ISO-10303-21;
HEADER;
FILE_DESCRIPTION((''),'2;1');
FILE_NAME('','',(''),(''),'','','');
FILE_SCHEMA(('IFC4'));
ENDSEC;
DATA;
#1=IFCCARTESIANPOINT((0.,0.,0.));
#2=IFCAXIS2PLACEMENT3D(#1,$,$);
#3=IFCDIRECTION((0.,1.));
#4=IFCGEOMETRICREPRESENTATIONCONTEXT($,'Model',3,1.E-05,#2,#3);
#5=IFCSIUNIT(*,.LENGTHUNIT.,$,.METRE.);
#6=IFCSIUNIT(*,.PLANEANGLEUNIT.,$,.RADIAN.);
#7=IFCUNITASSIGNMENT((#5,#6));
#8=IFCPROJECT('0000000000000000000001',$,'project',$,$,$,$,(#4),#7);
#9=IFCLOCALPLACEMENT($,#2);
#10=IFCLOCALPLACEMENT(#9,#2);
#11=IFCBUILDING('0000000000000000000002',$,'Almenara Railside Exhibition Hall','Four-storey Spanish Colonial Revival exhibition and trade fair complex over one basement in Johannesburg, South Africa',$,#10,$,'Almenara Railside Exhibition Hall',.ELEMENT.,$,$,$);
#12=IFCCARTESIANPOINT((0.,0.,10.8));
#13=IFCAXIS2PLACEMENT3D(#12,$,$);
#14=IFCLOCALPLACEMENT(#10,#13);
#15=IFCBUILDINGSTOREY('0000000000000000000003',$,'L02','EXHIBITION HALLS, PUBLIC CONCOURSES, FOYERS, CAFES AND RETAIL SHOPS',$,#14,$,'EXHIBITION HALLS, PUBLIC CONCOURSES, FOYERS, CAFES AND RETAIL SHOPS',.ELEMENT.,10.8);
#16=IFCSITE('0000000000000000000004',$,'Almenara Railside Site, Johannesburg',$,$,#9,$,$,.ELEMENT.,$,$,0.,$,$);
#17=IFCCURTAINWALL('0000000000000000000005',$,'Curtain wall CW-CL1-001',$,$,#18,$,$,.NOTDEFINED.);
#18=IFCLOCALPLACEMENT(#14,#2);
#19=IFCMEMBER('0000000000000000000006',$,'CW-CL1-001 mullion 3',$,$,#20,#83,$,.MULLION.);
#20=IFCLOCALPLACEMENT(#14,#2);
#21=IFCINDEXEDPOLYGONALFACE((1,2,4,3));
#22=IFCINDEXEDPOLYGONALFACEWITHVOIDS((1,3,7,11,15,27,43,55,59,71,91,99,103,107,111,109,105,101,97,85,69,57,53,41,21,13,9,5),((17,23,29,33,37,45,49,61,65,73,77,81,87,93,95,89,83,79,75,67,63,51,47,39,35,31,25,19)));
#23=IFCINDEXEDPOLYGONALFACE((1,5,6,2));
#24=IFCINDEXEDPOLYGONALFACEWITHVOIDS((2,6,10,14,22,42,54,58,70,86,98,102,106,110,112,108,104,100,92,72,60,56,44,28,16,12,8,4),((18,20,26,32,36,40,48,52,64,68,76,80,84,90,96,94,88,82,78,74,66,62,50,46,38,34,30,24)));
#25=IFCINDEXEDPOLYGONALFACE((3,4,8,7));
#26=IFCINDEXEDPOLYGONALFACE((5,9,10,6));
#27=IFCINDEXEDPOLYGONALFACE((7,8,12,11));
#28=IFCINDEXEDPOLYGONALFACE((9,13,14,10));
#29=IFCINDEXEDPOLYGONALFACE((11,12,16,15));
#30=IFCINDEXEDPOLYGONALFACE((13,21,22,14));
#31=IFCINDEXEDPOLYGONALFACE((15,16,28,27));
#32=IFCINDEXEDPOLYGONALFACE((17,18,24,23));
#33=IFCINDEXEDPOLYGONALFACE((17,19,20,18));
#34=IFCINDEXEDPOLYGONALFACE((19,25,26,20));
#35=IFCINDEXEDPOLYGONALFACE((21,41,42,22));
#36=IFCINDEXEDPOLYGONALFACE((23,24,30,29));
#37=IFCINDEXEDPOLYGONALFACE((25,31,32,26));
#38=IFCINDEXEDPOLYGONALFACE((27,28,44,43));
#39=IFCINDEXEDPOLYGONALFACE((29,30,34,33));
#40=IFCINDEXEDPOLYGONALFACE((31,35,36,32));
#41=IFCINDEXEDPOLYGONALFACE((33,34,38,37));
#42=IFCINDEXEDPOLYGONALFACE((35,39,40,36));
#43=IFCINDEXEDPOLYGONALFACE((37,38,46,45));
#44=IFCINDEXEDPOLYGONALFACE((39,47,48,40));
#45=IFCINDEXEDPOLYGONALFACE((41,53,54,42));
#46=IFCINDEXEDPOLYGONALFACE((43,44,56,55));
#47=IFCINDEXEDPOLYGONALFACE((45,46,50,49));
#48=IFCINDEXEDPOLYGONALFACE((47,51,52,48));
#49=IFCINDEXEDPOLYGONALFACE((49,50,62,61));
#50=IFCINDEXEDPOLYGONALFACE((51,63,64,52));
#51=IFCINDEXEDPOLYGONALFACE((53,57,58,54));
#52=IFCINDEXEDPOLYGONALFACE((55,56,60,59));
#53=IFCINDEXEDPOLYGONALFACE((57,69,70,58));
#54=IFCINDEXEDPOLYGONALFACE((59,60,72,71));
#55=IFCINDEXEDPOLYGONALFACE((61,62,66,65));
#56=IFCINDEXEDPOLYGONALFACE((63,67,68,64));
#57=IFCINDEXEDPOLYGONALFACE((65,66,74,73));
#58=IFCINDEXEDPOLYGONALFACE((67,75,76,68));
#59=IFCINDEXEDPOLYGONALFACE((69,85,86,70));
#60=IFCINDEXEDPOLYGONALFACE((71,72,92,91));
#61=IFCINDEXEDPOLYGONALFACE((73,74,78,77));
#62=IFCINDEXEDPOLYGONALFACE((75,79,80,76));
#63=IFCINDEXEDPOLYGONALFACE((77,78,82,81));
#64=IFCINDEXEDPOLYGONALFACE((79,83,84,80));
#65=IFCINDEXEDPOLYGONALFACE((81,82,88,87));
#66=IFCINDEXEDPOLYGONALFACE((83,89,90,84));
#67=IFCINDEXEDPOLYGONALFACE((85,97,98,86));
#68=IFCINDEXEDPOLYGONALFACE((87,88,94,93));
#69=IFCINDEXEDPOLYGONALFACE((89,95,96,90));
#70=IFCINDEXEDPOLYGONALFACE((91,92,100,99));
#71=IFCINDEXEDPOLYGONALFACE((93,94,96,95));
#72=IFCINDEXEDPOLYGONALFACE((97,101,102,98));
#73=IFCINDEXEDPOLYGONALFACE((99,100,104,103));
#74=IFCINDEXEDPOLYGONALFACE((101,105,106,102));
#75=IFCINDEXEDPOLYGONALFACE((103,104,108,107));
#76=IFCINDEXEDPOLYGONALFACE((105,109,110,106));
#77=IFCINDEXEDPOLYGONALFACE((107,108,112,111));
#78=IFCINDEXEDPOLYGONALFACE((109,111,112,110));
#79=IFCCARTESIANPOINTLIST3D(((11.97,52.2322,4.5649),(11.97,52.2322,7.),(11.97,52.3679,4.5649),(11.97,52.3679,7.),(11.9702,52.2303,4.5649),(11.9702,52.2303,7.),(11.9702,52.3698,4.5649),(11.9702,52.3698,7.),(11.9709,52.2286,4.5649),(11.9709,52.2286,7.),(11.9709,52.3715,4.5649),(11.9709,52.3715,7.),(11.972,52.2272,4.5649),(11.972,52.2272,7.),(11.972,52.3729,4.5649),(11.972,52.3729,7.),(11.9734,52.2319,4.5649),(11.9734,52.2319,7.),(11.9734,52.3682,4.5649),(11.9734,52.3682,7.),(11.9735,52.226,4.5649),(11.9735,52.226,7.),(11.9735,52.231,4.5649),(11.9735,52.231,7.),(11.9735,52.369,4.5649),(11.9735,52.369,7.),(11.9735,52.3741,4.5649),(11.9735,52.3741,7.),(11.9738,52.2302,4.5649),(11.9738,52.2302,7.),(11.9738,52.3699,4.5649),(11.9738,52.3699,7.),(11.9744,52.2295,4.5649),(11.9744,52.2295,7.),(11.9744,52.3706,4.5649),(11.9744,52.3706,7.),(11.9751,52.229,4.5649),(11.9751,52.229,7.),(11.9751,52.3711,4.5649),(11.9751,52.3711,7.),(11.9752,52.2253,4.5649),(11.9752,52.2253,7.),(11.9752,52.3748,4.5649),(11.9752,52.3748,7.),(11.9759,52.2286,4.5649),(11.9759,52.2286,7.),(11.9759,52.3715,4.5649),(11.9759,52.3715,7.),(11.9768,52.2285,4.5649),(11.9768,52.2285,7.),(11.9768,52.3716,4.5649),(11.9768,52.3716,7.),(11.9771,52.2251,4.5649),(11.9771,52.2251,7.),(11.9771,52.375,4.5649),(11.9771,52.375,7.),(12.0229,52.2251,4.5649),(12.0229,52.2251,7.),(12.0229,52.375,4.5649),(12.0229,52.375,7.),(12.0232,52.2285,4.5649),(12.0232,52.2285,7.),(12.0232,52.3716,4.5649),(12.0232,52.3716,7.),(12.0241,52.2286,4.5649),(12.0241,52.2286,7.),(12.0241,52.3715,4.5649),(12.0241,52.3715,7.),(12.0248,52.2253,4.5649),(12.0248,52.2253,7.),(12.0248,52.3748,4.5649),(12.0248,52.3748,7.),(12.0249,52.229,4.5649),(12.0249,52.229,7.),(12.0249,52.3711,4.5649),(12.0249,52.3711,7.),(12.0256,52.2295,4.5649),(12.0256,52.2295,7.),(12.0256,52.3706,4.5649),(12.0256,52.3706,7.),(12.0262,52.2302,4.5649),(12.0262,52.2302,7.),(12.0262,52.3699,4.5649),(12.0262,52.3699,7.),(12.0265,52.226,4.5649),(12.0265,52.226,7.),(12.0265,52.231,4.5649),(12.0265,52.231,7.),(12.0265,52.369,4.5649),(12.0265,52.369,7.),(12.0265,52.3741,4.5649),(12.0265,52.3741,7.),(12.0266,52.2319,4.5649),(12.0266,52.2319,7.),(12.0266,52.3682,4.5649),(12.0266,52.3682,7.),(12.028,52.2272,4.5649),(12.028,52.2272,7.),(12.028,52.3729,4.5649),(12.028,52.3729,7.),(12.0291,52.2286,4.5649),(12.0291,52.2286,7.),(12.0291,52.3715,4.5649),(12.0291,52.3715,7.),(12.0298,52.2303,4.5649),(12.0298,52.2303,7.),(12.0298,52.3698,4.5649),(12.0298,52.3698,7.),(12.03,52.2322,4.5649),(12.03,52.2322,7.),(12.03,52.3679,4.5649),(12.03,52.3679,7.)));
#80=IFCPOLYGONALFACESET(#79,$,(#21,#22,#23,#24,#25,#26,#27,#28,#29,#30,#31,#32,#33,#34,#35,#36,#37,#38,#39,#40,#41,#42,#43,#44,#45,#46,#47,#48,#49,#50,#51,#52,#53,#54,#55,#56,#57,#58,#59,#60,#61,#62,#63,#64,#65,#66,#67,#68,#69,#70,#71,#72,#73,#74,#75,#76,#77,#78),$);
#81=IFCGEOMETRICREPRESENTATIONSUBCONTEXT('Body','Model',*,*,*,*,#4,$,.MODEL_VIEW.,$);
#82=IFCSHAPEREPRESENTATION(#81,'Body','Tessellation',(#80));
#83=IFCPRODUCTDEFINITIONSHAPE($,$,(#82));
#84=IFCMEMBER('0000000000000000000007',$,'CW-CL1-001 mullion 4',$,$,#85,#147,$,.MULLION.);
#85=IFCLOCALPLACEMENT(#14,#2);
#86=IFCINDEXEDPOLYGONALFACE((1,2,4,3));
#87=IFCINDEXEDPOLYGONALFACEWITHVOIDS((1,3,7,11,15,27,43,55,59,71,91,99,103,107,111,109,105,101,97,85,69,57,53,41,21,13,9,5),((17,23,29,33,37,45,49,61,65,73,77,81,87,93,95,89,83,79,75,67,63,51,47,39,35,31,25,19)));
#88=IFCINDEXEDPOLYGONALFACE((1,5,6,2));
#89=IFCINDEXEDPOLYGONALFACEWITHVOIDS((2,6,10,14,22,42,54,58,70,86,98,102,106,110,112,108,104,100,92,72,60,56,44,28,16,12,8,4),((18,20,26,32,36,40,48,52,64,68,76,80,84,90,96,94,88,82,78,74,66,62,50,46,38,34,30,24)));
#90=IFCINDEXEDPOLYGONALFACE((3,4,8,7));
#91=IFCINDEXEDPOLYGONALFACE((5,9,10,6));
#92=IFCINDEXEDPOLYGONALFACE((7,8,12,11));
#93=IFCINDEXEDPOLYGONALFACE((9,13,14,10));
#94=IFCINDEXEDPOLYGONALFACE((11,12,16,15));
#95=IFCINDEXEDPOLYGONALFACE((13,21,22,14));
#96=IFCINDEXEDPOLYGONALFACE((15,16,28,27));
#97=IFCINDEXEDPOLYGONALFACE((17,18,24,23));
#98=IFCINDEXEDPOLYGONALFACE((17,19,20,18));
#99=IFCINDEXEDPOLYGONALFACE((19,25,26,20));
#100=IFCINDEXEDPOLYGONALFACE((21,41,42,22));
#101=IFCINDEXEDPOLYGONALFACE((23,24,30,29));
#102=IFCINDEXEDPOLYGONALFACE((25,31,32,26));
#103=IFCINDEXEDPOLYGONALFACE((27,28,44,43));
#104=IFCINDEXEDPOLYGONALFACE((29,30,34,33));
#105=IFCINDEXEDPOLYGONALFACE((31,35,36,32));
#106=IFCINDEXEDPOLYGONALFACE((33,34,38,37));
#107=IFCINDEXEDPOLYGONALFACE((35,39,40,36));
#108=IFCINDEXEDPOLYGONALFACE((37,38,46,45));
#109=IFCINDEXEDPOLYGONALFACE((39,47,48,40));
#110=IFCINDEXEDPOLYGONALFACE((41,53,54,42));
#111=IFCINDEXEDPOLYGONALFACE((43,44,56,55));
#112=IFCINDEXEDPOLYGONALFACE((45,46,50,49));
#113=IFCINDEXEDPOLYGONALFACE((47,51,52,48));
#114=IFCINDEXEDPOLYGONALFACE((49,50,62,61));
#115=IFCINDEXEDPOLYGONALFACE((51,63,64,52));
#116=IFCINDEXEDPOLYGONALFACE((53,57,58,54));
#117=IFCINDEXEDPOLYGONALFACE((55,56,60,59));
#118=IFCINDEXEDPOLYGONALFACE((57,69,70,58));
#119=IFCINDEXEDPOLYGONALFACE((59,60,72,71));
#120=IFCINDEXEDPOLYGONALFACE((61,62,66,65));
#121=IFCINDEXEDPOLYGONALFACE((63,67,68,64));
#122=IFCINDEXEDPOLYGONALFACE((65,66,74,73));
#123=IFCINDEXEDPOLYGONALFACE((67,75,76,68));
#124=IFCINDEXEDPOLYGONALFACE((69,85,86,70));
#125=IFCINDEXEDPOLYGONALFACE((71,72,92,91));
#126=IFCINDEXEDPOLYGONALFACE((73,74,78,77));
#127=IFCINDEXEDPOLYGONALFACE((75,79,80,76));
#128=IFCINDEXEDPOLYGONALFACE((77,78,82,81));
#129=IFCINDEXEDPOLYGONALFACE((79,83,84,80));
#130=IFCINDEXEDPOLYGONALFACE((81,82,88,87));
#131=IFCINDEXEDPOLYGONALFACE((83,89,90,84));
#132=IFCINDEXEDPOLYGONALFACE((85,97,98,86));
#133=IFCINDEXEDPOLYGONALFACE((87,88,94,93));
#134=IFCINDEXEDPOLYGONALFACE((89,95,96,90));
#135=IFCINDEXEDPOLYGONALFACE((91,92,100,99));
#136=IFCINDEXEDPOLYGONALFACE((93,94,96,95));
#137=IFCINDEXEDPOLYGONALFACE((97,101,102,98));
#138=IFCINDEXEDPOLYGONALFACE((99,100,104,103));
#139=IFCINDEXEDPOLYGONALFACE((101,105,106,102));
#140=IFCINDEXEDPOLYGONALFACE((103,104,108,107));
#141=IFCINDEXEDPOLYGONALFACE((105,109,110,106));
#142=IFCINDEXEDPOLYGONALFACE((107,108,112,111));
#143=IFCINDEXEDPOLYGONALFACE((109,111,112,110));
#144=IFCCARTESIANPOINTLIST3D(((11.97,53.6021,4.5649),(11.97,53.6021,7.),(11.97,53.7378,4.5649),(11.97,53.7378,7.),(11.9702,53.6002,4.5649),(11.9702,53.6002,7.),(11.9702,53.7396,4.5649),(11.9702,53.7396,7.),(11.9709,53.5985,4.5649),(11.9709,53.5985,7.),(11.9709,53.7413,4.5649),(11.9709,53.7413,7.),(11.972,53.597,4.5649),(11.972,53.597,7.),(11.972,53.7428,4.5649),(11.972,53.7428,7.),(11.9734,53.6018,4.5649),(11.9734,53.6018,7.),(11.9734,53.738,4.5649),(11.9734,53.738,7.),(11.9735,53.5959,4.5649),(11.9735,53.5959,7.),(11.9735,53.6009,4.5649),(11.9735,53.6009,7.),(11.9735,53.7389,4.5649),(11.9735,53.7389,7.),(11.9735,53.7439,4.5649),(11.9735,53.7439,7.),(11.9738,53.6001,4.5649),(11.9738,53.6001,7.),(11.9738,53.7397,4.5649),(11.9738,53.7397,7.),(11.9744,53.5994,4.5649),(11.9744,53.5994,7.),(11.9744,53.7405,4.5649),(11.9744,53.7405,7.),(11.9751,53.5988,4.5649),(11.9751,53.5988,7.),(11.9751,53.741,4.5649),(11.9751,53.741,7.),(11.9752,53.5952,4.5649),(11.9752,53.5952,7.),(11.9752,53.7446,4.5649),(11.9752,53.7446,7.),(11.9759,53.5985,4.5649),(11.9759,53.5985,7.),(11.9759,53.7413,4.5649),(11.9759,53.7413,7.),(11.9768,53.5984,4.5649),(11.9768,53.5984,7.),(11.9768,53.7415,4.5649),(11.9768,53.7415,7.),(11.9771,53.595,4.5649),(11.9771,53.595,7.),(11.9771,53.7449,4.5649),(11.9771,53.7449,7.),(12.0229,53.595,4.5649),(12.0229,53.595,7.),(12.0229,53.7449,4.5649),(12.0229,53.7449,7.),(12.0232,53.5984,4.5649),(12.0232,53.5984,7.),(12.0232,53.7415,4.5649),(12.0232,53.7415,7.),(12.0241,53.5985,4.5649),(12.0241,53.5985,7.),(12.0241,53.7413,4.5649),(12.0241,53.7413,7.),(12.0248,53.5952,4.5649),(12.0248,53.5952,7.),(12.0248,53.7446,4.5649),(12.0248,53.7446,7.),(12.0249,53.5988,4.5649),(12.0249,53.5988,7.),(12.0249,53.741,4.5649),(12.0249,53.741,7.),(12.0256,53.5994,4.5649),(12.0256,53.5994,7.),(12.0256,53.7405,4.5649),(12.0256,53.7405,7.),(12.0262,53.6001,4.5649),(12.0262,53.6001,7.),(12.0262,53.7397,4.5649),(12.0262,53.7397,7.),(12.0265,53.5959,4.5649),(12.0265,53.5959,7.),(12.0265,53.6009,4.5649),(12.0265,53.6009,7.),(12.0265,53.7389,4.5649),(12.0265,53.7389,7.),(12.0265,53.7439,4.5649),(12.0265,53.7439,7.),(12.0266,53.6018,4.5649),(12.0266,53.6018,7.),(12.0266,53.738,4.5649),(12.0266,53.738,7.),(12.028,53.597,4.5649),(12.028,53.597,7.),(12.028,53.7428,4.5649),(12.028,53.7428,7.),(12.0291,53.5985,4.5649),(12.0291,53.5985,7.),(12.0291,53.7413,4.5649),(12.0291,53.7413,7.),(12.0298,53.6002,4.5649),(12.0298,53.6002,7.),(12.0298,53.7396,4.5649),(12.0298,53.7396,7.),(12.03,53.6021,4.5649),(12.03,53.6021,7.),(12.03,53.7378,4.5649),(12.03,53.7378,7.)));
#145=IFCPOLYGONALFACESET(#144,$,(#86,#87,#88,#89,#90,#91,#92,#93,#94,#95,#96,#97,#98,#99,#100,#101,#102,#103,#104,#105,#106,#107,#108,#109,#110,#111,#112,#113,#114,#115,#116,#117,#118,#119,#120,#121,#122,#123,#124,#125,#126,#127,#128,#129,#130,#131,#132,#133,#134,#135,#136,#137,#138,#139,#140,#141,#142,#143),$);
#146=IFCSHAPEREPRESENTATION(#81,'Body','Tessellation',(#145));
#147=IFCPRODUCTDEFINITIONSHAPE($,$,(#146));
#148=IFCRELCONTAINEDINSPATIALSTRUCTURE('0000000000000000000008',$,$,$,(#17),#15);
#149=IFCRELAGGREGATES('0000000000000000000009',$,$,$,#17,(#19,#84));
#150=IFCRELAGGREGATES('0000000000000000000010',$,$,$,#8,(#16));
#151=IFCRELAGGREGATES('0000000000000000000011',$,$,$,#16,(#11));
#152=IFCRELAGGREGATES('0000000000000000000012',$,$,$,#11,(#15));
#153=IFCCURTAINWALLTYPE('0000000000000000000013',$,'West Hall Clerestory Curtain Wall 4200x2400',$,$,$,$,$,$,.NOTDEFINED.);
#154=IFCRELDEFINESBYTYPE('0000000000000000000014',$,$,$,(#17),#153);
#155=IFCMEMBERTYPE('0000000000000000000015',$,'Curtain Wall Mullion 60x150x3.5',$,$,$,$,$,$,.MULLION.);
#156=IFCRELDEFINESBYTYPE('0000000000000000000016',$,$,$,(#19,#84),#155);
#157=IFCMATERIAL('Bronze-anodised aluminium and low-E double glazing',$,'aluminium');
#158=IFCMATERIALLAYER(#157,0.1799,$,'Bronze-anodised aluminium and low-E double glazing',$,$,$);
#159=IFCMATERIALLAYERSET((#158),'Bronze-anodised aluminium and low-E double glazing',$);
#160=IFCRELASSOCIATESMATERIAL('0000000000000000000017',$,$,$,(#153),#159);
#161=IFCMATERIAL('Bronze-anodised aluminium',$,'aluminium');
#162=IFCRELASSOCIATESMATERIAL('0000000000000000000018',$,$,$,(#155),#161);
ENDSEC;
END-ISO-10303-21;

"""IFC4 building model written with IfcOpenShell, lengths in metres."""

from ifc_helpers import new_model, si_unit, direction, frame, origin, origin_2d, place, context, subcontext, project, spatial, hollow_rectangle, extrude, material, layer, layer_set, material_profile, profile_set, type_object, element, aggregate, save


model = new_model("IFC4")

# Units and contexts
model_context = context("Model", 3, precision=1e-05, world=origin(), true_north=direction((0.0, 1.0)))
body_context = subcontext(model_context, "Body", "Model", "MODEL_VIEW")
ifc_project = project(units=[si_unit("LENGTHUNIT", "METRE"), si_unit("PLANEANGLEUNIT", "RADIAN")], contexts=[model_context])

# Site, building, storey
site_placement = place(None, origin())
site = spatial("IfcSite", under=ifc_project, at=site_placement, Name="Almenara Railside Site, Johannesburg", CompositionType="ELEMENT", RefElevation=0.0)
building_placement = place(site_placement, origin())
building = spatial("IfcBuilding", under=site, at=building_placement, Name="Almenara Railside Exhibition Hall", Description="Four-storey Spanish Colonial Revival exhibition and trade fair complex over one basement in Johannesburg, South Africa", LongName="Almenara Railside Exhibition Hall", CompositionType="ELEMENT")
storey_placement = place(building_placement, frame((0.0, 0.0, 10.8)))
storey = spatial("IfcBuildingStorey", under=building, at=storey_placement, Name="L02", Description="EXHIBITION HALLS, PUBLIC CONCOURSES, FOYERS, CAFES AND RETAIL SHOPS", LongName="EXHIBITION HALLS, PUBLIC CONCOURSES, FOYERS, CAFES AND RETAIL SHOPS", CompositionType="ELEMENT", Elevation=10.8)

# Curtain wall, members
ifc_material_1 = material(Name="Bronze-anodised aluminium and low-E double glazing", Category="aluminium")
ifc_layer_1 = layer(ifc_material_1, 0.1799, Name="Bronze-anodised aluminium and low-E double glazing")
ifc_layer_set_1 = layer_set([ifc_layer_1], Name="Bronze-anodised aluminium and low-E double glazing")
curtain_wall_type = type_object("IfcCurtainWallType", Name="West Hall Clerestory Curtain Wall 4200x2400", PredefinedType="NOTDEFINED", material=ifc_layer_set_1)
ifc_material_2 = material(Name="Bronze-anodised aluminium", Category="aluminium")
curtain_wall_1_placement = place(storey_placement, origin())
curtain_wall_1 = element("IfcCurtainWall", 1, at=curtain_wall_1_placement, inside=storey, type_object=curtain_wall_type, Name="Curtain wall CW-CL1-001", PredefinedType="NOTDEFINED")
ifc_material_profile_1 = material_profile(ifc_material_2, hollow_rectangle(XDim=0.0601, YDim=0.1499, WallThickness=0.0034, InnerFilletRadius=0.0034, OuterFilletRadius=0.0071, at=origin_2d()), Name="ALU-MUL 60x150x3.5")
ifc_profile_set_1 = profile_set([ifc_material_profile_1], Name="Bronze-anodised aluminium")
member_type_1 = type_object("IfcMemberType", Name="Curtain Wall Mullion 60x150x3.5", PredefinedType="MULLION", material=ifc_profile_set_1)
member_1_placement = place(storey_placement, frame((12.0, 52.3, 4.5649), z_axis=(0.0, 0.0, 1.0), x_axis=(-1.0, 0.0, 0.0)))
member_1 = element("IfcMember", 2, at=member_1_placement, type_object=member_type_1, Name="CW-CL1-001 mullion 3", PredefinedType="MULLION", context=body_context, shape_type="SweptSolid", body=[
    extrude(hollow_rectangle(XDim=0.0601, YDim=0.1499, WallThickness=0.0034, InnerFilletRadius=0.0034, OuterFilletRadius=0.0071, at=origin_2d()), origin(), (0.0, 0.0, 1.0), 2.4351),
])
member_2_placement = place(storey_placement, frame((12.0, 53.6699, 4.5649), z_axis=(0.0, 0.0, 1.0), x_axis=(-1.0, 0.0, 0.0)))
member_2 = element("IfcMember", 3, at=member_2_placement, type_object=member_type_1, Name="CW-CL1-001 mullion 4", PredefinedType="MULLION", context=body_context, shape_type="SweptSolid", body=[
    extrude(hollow_rectangle(XDim=0.0601, YDim=0.1499, WallThickness=0.0034, InnerFilletRadius=0.0034, OuterFilletRadius=0.0071, at=origin_2d()), origin(), (0.0, 0.0, 1.0), 2.4351),
])

aggregate(curtain_wall_1, [member_1, member_2])

save(model, "model.ifc")
